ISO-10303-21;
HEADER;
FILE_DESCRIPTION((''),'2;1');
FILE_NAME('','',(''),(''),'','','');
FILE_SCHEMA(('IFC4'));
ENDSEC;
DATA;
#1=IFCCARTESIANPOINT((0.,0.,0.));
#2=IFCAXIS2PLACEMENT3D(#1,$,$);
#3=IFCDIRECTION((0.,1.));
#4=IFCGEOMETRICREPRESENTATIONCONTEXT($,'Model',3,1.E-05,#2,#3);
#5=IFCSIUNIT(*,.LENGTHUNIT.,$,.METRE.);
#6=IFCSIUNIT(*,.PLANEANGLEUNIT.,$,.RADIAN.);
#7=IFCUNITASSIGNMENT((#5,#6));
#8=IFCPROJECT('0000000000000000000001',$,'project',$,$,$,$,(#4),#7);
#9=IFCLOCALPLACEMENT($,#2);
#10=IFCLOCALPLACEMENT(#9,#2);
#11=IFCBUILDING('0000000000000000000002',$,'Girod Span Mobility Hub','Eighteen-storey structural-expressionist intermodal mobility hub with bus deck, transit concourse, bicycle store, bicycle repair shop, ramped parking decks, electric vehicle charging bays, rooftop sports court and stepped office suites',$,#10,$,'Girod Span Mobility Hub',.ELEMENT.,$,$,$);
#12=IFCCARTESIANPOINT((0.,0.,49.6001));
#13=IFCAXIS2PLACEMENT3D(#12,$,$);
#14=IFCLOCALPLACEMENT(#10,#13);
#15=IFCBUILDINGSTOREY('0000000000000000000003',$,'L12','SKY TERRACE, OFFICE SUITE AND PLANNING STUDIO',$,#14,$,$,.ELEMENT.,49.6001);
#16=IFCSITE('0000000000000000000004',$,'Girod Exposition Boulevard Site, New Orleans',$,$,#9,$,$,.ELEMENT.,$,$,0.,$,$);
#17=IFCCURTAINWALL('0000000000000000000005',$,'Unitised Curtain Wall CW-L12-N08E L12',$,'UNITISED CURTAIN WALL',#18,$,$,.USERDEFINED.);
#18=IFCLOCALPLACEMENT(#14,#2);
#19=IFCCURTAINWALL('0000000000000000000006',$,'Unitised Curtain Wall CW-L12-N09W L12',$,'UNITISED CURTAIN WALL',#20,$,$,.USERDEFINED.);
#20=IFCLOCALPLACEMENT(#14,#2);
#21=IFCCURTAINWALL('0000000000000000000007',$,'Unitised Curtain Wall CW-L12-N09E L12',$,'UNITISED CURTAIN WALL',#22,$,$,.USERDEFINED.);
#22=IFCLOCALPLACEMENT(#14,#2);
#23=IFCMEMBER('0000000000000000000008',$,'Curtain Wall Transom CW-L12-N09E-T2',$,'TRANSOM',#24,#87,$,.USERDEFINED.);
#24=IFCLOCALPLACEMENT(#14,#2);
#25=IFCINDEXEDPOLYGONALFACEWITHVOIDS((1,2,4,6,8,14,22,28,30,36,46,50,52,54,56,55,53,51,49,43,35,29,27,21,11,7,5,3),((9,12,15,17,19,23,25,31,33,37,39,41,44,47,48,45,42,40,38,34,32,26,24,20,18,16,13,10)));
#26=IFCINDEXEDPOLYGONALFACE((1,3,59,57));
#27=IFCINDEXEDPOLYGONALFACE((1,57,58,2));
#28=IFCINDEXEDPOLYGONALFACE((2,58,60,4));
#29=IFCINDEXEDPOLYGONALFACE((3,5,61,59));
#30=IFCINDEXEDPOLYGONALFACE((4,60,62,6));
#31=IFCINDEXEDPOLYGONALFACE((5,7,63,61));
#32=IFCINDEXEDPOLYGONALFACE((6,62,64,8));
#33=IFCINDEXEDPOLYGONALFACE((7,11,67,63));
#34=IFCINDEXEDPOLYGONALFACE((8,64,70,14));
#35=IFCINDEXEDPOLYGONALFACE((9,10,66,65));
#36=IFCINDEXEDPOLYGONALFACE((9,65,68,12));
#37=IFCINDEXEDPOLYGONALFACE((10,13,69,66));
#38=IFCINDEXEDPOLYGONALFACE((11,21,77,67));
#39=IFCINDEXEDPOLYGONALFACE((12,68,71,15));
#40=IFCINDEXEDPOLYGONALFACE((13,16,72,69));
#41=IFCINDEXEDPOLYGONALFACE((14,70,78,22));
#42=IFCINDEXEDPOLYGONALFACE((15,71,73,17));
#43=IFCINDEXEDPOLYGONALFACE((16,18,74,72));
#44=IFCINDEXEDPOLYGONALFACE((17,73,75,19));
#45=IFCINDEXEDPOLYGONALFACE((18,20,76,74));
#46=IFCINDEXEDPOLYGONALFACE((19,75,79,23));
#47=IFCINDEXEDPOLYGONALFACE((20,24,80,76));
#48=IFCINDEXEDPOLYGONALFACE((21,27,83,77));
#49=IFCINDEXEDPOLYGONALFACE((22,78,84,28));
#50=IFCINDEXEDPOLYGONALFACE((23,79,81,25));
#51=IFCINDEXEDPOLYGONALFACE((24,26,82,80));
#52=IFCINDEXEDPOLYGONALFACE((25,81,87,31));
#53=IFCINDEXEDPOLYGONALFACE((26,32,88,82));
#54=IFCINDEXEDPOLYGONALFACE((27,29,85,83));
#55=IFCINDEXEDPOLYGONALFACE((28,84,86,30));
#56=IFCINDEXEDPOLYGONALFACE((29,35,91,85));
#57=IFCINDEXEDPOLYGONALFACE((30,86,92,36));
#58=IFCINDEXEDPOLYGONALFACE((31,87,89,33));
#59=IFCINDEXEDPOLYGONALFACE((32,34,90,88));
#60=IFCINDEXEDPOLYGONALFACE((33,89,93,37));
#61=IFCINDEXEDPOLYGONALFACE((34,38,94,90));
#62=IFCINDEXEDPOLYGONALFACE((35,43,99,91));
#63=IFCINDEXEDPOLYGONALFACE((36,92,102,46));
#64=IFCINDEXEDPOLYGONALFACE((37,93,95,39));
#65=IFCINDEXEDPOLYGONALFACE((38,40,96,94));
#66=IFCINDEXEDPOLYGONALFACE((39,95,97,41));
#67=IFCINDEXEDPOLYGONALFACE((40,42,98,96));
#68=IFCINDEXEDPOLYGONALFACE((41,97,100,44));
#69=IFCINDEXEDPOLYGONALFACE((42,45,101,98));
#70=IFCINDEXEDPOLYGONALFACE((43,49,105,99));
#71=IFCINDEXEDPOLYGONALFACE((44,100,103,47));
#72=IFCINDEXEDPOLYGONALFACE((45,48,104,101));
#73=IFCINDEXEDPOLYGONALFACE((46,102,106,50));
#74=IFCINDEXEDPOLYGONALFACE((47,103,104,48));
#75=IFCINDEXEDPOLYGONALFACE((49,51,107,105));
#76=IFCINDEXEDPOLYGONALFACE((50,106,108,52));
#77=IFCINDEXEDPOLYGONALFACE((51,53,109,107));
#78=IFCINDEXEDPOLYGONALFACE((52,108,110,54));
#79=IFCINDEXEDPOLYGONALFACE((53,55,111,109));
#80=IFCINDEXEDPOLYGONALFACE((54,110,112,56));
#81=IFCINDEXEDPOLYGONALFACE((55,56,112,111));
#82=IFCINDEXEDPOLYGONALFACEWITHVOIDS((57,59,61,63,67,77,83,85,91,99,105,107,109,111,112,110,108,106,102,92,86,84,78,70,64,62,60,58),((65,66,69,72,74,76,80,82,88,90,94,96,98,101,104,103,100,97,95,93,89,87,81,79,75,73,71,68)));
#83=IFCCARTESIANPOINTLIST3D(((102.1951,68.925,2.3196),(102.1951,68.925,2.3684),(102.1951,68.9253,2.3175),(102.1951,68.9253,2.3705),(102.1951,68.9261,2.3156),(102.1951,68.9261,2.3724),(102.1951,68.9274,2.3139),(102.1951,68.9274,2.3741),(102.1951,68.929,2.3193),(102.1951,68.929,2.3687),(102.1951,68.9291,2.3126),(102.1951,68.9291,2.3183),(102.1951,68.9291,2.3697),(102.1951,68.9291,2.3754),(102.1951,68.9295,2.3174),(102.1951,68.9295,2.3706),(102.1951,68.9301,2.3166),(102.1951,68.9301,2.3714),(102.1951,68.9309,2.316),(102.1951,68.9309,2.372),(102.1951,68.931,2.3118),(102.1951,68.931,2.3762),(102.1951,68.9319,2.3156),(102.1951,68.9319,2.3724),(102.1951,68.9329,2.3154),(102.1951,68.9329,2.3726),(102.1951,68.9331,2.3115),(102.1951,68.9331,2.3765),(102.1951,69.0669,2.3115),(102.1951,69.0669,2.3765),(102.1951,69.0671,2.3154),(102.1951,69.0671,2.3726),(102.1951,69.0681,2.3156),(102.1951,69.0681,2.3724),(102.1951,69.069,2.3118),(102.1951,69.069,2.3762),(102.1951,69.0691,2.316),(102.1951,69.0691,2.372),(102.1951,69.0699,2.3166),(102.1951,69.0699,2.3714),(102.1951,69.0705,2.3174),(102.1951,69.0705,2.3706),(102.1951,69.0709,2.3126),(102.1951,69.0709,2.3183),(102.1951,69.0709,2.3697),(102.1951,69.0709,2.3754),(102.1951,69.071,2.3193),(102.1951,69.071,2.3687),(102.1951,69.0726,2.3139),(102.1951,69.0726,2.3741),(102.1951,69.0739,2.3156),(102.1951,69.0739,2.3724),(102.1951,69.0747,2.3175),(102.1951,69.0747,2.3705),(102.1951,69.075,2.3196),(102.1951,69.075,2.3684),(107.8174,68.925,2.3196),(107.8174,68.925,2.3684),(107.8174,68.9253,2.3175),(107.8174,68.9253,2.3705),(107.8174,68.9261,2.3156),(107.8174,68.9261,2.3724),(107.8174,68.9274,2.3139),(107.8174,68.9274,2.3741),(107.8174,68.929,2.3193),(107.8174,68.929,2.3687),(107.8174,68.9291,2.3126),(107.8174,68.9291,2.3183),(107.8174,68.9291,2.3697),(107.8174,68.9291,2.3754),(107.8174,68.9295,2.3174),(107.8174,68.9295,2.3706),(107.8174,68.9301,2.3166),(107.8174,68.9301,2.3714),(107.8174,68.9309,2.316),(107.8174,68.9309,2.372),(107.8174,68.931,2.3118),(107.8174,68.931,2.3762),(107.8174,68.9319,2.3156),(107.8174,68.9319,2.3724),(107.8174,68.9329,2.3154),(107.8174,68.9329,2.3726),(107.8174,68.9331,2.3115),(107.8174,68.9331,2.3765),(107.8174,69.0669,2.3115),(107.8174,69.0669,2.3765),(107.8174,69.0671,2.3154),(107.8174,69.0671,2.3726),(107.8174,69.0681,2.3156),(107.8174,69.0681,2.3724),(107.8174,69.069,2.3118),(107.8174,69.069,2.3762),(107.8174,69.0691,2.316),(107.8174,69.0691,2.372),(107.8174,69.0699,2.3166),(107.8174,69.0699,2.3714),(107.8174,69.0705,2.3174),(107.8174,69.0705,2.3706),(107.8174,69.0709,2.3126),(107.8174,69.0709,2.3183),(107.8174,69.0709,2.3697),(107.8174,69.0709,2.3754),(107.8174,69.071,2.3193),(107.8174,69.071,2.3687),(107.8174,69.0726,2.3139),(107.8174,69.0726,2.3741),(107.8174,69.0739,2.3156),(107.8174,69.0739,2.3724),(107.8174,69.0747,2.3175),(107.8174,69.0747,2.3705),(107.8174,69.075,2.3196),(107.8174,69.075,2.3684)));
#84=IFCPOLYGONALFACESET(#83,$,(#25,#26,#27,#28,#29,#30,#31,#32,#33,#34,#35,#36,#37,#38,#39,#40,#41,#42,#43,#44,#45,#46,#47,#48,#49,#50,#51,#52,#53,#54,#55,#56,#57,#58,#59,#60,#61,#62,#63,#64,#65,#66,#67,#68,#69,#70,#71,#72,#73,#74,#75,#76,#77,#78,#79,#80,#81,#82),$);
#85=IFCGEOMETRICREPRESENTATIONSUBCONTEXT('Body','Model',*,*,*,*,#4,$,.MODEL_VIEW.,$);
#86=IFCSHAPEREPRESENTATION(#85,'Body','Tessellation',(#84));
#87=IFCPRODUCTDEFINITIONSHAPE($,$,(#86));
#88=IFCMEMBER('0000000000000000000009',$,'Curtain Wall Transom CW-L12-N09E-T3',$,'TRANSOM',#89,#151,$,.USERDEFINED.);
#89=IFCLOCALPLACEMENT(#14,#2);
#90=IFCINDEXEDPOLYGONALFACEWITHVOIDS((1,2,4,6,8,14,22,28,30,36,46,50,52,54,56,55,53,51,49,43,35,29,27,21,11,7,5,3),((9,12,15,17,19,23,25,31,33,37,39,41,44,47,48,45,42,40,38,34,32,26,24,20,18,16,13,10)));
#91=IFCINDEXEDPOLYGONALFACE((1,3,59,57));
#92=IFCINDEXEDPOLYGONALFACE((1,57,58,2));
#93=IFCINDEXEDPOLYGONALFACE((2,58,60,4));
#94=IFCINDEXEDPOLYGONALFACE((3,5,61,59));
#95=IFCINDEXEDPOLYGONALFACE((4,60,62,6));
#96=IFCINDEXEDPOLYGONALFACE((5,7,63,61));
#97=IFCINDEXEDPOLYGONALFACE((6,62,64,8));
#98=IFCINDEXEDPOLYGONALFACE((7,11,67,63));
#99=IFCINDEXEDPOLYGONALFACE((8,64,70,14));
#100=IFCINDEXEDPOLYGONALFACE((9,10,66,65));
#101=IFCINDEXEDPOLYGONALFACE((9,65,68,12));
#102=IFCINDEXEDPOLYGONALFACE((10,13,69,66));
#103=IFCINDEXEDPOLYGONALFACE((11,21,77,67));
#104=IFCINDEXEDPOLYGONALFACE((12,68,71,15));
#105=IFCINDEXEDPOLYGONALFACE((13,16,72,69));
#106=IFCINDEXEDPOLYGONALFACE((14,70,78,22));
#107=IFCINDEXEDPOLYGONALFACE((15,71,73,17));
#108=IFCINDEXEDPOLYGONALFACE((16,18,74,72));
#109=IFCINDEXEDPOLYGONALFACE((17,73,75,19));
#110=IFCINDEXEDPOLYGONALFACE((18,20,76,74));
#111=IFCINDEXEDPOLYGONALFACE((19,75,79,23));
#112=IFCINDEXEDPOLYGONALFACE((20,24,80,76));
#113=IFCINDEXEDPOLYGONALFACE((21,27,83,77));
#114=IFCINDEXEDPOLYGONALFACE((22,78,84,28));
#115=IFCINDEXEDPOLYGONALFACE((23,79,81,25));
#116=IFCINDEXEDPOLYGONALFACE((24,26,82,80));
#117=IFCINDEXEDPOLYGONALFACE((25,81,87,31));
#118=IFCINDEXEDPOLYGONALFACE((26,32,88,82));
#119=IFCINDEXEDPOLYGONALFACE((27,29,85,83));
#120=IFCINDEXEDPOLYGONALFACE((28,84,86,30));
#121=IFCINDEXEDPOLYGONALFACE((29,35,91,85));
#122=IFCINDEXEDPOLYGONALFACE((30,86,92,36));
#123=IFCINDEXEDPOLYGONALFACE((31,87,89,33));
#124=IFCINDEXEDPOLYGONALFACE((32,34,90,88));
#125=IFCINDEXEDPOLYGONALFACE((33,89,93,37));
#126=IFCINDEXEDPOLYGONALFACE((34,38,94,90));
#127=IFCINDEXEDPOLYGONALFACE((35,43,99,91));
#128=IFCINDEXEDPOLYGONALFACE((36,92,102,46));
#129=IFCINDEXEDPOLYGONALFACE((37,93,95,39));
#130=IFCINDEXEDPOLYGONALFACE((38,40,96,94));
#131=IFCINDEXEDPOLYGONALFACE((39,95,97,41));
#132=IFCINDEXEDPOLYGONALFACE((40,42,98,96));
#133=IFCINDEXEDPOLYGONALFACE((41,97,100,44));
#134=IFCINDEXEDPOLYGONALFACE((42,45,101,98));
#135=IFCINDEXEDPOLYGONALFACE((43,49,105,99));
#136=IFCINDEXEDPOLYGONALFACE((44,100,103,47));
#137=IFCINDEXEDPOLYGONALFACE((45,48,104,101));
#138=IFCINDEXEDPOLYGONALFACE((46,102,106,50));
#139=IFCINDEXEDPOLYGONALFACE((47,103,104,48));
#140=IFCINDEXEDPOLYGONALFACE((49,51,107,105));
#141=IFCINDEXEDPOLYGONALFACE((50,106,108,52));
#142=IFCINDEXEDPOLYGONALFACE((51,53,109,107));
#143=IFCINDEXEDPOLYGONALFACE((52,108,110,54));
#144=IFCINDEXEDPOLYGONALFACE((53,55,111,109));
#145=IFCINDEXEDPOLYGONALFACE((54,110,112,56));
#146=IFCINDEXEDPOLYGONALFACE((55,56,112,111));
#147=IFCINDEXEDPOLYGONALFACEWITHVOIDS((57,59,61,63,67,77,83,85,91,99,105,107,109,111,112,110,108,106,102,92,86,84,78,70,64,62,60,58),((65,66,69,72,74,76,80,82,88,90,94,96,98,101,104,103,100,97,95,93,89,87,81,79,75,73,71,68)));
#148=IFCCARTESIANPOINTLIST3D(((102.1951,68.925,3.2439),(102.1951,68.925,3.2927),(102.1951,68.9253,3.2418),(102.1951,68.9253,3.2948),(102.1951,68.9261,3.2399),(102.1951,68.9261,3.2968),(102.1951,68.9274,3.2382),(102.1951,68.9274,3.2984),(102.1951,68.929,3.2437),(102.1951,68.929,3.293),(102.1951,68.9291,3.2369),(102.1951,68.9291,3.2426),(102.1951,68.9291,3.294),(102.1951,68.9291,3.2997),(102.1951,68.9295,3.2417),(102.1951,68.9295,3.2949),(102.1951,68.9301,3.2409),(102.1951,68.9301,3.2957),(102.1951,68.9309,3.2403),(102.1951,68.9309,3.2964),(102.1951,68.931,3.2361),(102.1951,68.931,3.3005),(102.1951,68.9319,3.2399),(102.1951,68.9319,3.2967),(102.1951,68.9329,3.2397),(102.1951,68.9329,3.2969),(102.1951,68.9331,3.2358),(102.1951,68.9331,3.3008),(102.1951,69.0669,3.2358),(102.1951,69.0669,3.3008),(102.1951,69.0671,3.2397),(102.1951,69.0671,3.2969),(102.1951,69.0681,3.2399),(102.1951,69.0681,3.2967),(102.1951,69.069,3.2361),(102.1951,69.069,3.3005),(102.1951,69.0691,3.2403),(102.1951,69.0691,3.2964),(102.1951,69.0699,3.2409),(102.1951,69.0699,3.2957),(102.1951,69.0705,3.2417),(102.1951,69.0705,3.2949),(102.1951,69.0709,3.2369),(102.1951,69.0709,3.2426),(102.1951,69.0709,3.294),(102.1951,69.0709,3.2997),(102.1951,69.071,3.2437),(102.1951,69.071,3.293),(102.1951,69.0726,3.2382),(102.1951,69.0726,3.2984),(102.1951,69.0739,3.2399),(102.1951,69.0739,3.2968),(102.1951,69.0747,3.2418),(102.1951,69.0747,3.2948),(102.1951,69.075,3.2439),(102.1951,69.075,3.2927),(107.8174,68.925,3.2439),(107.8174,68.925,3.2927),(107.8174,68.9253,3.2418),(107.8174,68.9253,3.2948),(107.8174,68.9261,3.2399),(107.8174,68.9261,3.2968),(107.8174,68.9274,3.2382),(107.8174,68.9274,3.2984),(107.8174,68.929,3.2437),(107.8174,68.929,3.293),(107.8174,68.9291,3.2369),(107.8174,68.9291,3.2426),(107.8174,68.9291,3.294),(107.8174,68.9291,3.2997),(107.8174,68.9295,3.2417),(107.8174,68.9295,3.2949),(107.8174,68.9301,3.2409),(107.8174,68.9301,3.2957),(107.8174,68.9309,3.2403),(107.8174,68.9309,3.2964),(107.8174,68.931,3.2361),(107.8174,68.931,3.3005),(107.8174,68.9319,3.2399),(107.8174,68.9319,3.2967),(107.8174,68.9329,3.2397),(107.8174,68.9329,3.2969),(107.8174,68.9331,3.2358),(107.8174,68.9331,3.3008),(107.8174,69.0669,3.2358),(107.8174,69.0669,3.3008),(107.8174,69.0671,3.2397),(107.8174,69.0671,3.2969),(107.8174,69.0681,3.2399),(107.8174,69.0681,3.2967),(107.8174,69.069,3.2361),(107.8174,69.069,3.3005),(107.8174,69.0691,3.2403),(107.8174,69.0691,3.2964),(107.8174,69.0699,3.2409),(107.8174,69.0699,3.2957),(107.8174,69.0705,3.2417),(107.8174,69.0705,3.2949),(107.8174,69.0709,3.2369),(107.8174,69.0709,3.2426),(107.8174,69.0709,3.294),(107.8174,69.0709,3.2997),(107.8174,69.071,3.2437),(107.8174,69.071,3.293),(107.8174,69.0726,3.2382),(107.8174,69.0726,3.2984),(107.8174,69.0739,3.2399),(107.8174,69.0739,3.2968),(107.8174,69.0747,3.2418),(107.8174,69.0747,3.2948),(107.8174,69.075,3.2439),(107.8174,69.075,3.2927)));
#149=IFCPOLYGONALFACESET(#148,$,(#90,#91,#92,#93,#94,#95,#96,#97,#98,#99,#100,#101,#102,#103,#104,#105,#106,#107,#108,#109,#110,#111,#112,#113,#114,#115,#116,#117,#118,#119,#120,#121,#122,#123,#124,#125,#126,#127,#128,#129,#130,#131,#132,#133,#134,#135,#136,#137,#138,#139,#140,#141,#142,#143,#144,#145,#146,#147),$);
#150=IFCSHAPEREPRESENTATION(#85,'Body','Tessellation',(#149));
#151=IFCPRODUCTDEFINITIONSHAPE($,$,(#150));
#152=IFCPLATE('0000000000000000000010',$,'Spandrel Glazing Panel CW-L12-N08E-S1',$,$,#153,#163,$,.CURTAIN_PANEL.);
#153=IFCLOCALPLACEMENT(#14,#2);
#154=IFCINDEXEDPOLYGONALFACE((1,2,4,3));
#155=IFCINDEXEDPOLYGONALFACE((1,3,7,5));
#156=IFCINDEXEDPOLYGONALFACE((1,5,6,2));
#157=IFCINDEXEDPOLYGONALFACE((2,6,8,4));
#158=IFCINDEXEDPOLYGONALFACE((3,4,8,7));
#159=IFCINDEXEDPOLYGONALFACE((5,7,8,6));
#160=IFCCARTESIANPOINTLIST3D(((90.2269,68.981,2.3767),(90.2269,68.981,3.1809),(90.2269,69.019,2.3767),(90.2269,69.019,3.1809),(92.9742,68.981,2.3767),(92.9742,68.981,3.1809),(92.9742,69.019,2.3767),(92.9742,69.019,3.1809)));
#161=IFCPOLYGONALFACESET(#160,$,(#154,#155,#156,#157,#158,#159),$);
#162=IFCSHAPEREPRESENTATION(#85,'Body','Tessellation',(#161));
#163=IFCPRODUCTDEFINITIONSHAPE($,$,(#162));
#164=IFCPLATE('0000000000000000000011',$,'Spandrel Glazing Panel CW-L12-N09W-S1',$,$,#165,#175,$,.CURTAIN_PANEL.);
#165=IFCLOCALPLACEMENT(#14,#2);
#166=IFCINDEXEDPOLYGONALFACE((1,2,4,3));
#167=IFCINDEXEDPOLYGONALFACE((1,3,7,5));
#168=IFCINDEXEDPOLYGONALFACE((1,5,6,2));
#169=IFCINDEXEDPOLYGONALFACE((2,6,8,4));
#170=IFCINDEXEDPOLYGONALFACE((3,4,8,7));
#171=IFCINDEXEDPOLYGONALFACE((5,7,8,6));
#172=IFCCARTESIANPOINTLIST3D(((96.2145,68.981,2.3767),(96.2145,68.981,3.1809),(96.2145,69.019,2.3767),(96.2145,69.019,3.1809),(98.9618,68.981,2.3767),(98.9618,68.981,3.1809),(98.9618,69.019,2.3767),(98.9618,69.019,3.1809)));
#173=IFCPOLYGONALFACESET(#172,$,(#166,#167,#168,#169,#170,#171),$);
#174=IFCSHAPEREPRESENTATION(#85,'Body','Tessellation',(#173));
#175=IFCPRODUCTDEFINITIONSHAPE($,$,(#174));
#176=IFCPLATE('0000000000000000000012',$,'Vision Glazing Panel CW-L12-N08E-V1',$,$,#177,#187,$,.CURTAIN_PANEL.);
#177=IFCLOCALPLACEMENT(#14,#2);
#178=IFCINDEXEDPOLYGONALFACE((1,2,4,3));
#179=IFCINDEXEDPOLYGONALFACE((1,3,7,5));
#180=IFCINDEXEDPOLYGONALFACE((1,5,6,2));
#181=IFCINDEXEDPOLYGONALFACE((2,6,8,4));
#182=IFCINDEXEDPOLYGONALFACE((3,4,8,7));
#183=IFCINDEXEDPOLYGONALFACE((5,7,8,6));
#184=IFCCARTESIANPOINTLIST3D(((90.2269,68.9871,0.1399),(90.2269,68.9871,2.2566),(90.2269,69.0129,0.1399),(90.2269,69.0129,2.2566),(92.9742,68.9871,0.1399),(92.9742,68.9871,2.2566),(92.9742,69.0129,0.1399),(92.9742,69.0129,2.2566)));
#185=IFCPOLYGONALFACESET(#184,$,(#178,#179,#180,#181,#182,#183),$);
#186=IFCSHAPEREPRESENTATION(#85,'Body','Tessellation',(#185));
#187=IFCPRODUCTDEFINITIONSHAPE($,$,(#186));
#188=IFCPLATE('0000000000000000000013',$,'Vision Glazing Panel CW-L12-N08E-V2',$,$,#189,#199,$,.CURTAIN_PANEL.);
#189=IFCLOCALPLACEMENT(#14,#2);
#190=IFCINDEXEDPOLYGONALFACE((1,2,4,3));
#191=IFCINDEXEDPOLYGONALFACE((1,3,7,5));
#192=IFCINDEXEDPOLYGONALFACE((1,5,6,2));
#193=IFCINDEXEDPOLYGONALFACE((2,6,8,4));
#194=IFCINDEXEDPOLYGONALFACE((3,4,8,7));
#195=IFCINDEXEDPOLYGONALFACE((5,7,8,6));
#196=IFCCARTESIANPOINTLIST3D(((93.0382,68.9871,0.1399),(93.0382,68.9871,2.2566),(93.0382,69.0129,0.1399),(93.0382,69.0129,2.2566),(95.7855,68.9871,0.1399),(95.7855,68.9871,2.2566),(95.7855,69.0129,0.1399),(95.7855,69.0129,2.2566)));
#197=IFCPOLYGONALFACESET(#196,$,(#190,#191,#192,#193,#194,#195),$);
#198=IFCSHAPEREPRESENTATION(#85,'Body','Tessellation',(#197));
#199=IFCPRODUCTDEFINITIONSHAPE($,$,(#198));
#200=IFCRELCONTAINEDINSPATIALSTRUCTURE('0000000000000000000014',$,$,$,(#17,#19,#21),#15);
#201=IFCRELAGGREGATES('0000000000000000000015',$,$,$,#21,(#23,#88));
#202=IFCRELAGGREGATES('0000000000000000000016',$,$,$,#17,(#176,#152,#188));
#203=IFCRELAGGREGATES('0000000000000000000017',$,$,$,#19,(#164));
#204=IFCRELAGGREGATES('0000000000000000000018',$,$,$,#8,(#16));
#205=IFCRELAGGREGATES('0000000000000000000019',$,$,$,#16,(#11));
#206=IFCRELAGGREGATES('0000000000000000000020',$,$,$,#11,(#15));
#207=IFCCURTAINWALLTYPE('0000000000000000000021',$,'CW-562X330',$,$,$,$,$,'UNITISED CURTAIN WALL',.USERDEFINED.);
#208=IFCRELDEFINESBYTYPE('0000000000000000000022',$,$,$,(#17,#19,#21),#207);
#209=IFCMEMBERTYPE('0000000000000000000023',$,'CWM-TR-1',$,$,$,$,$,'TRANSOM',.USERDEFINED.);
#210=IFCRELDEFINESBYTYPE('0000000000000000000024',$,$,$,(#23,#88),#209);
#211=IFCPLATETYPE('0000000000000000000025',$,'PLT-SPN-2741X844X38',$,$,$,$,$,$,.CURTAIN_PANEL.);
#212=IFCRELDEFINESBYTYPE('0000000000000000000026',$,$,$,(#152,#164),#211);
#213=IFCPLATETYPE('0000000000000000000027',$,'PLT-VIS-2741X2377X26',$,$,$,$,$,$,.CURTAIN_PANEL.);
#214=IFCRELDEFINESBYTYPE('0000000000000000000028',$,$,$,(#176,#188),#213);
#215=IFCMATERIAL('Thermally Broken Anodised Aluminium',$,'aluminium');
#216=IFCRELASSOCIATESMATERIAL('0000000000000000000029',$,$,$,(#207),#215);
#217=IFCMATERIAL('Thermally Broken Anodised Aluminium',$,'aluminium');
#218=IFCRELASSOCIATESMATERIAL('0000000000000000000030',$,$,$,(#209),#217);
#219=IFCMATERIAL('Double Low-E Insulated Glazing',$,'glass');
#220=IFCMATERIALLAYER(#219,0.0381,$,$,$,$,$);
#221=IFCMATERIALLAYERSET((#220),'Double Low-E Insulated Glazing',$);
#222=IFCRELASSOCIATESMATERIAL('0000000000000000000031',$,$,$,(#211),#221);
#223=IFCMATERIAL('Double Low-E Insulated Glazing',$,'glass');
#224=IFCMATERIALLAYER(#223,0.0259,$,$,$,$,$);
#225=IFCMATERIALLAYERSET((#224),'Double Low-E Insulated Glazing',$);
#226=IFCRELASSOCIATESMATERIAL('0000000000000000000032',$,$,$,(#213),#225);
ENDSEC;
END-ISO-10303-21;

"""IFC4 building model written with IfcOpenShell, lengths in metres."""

from ifc_helpers import new_model, si_unit, direction, frame, origin, origin_2d, place, context, subcontext, project, spatial, rectangle, hollow_rectangle, extrude, material, layer, layer_set, material_profile, profile_set, type_object, element, aggregate, save


model = new_model("IFC4")

# Units and contexts
model_context = context("Model", 3, precision=1e-05, world=origin(), true_north=direction((0.0, 1.0)))
body_context = subcontext(model_context, "Body", "Model", "MODEL_VIEW")
ifc_project = project(units=[si_unit("LENGTHUNIT", "METRE"), si_unit("PLANEANGLEUNIT", "RADIAN")], contexts=[model_context])

# Site, building, storey
site_placement = place(None, origin())
site = spatial("IfcSite", under=ifc_project, at=site_placement, Name="Girod Exposition Boulevard Site, New Orleans", CompositionType="ELEMENT", RefElevation=0.0)
building_placement = place(site_placement, origin())
building = spatial("IfcBuilding", under=site, at=building_placement, Name="Girod Span Mobility Hub", Description="Eighteen-storey structural-expressionist intermodal mobility hub with bus deck, transit concourse, bicycle store, bicycle repair shop, ramped parking decks, electric vehicle charging bays, rooftop sports court and stepped office suites", LongName="Girod Span Mobility Hub", CompositionType="ELEMENT")
storey_placement = place(building_placement, frame((0.0, 0.0, 49.6001)))
storey = spatial("IfcBuildingStorey", under=building, at=storey_placement, Name="L12", Description="SKY TERRACE, OFFICE SUITE AND PLANNING STUDIO", CompositionType="ELEMENT", Elevation=49.6001)

# Curtain walls
ifc_material_1 = material(Name="Thermally Broken Anodised Aluminium", Category="aluminium")
curtain_wall_type = type_object("IfcCurtainWallType", Name="CW-562X330", ElementType="UNITISED CURTAIN WALL", PredefinedType="USERDEFINED", material=ifc_material_1)
curtain_wall_1_placement = place(storey_placement, origin())
curtain_wall_1 = element("IfcCurtainWall", 1, at=curtain_wall_1_placement, inside=storey, type_object=curtain_wall_type, Name="Unitised Curtain Wall CW-L12-N08E L12", ObjectType="UNITISED CURTAIN WALL", PredefinedType="USERDEFINED")
curtain_wall_2_placement = place(storey_placement, origin())
curtain_wall_2 = element("IfcCurtainWall", 2, at=curtain_wall_2_placement, inside=storey, type_object=curtain_wall_type, Name="Unitised Curtain Wall CW-L12-N09W L12", ObjectType="UNITISED CURTAIN WALL", PredefinedType="USERDEFINED")

# Curtain wall
curtain_wall_3_placement = place(storey_placement, origin())
curtain_wall_3 = element("IfcCurtainWall", 3, at=curtain_wall_3_placement, inside=storey, type_object=curtain_wall_type, Name="Unitised Curtain Wall CW-L12-N09E L12", ObjectType="UNITISED CURTAIN WALL", PredefinedType="USERDEFINED")

# Members
ifc_material_2 = material(Name="Thermally Broken Anodised Aluminium", Category="aluminium")
ifc_material_profile_1 = material_profile(ifc_material_2, hollow_rectangle(XDim=0.1499, YDim=0.0649, WallThickness=0.0039, InnerFilletRadius=0.0039, OuterFilletRadius=0.0081, at=origin_2d()), Name="CW-TR-65X150")
ifc_profile_set_1 = profile_set([ifc_material_profile_1], Name="Thermally Broken Anodised Aluminium")
member_type_1 = type_object("IfcMemberType", Name="CWM-TR-1", ElementType="TRANSOM", PredefinedType="USERDEFINED", material=ifc_profile_set_1)
member_1_placement = place(storey_placement, frame((102.1951, 69.0, 2.344), z_axis=(1.0, 0.0, 0.0), x_axis=(0.0, 1.0, 0.0)))
member_1 = element("IfcMember", 4, at=member_1_placement, type_object=member_type_1, Name="Curtain Wall Transom CW-L12-N09E-T2", ObjectType="TRANSOM", PredefinedType="USERDEFINED", context=body_context, shape_type="SweptSolid", body=[
    extrude(hollow_rectangle(XDim=0.1499, YDim=0.0649, WallThickness=0.0039, InnerFilletRadius=0.0039, OuterFilletRadius=0.0081, at=origin_2d()), origin(), (0.0, 0.0, 1.0), 5.6223),
])
member_2_placement = place(storey_placement, frame((102.1951, 69.0, 3.2683), z_axis=(1.0, 0.0, 0.0), x_axis=(0.0, 1.0, 0.0)))
member_2 = element("IfcMember", 5, at=member_2_placement, type_object=member_type_1, Name="Curtain Wall Transom CW-L12-N09E-T3", ObjectType="TRANSOM", PredefinedType="USERDEFINED", context=body_context, shape_type="SweptSolid", body=[
    extrude(hollow_rectangle(XDim=0.1499, YDim=0.0649, WallThickness=0.0039, InnerFilletRadius=0.0039, OuterFilletRadius=0.0081, at=origin_2d()), origin(), (0.0, 0.0, 1.0), 5.6223),
])
aggregate(curtain_wall_3, [member_1, member_2])

# Plates
ifc_material_3 = material(Name="Double Low-E Insulated Glazing", Category="glass")
ifc_layer_1 = layer(ifc_material_3, 0.0381)
ifc_layer_set_1 = layer_set([ifc_layer_1], Name="Double Low-E Insulated Glazing")
plate_type_1 = type_object("IfcPlateType", Name="PLT-SPN-2741X844X38", PredefinedType="CURTAIN_PANEL", material=ifc_layer_set_1)
plate_1_placement = place(storey_placement, frame((91.6006, 69.0, 2.3767), z_axis=(0.0, 0.0, 1.0), x_axis=(1.0, 0.0, 0.0)))
plate_1 = element("IfcPlate", 6, at=plate_1_placement, type_object=plate_type_1, Name="Spandrel Glazing Panel CW-L12-N08E-S1", PredefinedType="CURTAIN_PANEL", context=body_context, shape_type="SweptSolid", body=[
    extrude(rectangle(XDim=2.7473, YDim=0.0381, at=origin_2d()), origin(), (0.0, 0.0, 1.0), 0.8042),
])
plate_2_placement = place(storey_placement, frame((97.5881, 69.0, 2.3767), z_axis=(0.0, 0.0, 1.0), x_axis=(1.0, 0.0, 0.0)))
plate_2 = element("IfcPlate", 7, at=plate_2_placement, type_object=plate_type_1, Name="Spandrel Glazing Panel CW-L12-N09W-S1", PredefinedType="CURTAIN_PANEL", context=body_context, shape_type="SweptSolid", body=[
    extrude(rectangle(XDim=2.7473, YDim=0.0381, at=origin_2d()), origin(), (0.0, 0.0, 1.0), 0.8042),
])
ifc_material_4 = material(Name="Double Low-E Insulated Glazing", Category="glass")
ifc_layer_2 = layer(ifc_material_4, 0.0259)
ifc_layer_set_2 = layer_set([ifc_layer_2], Name="Double Low-E Insulated Glazing")
plate_type_2 = type_object("IfcPlateType", Name="PLT-VIS-2741X2377X26", PredefinedType="CURTAIN_PANEL", material=ifc_layer_set_2)
plate_3_placement = place(storey_placement, frame((91.6006, 69.0, 0.1399), z_axis=(0.0, 0.0, 1.0), x_axis=(1.0, 0.0, 0.0)))
plate_3 = element("IfcPlate", 8, at=plate_3_placement, type_object=plate_type_2, Name="Vision Glazing Panel CW-L12-N08E-V1", PredefinedType="CURTAIN_PANEL", context=body_context, shape_type="SweptSolid", body=[
    extrude(rectangle(XDim=2.7473, YDim=0.0259, at=origin_2d()), origin(), (0.0, 0.0, 1.0), 2.1167),
])
plate_4_placement = place(storey_placement, frame((94.4119, 69.0, 0.1399), z_axis=(0.0, 0.0, 1.0), x_axis=(1.0, 0.0, 0.0)))
plate_4 = element("IfcPlate", 9, at=plate_4_placement, type_object=plate_type_2, Name="Vision Glazing Panel CW-L12-N08E-V2", PredefinedType="CURTAIN_PANEL", context=body_context, shape_type="SweptSolid", body=[
    extrude(rectangle(XDim=2.7473, YDim=0.0259, at=origin_2d()), origin(), (0.0, 0.0, 1.0), 2.1167),
])
aggregate(curtain_wall_1, [plate_3, plate_1, plate_4])
aggregate(curtain_wall_2, [plate_2])

save(model, "model.ifc")
